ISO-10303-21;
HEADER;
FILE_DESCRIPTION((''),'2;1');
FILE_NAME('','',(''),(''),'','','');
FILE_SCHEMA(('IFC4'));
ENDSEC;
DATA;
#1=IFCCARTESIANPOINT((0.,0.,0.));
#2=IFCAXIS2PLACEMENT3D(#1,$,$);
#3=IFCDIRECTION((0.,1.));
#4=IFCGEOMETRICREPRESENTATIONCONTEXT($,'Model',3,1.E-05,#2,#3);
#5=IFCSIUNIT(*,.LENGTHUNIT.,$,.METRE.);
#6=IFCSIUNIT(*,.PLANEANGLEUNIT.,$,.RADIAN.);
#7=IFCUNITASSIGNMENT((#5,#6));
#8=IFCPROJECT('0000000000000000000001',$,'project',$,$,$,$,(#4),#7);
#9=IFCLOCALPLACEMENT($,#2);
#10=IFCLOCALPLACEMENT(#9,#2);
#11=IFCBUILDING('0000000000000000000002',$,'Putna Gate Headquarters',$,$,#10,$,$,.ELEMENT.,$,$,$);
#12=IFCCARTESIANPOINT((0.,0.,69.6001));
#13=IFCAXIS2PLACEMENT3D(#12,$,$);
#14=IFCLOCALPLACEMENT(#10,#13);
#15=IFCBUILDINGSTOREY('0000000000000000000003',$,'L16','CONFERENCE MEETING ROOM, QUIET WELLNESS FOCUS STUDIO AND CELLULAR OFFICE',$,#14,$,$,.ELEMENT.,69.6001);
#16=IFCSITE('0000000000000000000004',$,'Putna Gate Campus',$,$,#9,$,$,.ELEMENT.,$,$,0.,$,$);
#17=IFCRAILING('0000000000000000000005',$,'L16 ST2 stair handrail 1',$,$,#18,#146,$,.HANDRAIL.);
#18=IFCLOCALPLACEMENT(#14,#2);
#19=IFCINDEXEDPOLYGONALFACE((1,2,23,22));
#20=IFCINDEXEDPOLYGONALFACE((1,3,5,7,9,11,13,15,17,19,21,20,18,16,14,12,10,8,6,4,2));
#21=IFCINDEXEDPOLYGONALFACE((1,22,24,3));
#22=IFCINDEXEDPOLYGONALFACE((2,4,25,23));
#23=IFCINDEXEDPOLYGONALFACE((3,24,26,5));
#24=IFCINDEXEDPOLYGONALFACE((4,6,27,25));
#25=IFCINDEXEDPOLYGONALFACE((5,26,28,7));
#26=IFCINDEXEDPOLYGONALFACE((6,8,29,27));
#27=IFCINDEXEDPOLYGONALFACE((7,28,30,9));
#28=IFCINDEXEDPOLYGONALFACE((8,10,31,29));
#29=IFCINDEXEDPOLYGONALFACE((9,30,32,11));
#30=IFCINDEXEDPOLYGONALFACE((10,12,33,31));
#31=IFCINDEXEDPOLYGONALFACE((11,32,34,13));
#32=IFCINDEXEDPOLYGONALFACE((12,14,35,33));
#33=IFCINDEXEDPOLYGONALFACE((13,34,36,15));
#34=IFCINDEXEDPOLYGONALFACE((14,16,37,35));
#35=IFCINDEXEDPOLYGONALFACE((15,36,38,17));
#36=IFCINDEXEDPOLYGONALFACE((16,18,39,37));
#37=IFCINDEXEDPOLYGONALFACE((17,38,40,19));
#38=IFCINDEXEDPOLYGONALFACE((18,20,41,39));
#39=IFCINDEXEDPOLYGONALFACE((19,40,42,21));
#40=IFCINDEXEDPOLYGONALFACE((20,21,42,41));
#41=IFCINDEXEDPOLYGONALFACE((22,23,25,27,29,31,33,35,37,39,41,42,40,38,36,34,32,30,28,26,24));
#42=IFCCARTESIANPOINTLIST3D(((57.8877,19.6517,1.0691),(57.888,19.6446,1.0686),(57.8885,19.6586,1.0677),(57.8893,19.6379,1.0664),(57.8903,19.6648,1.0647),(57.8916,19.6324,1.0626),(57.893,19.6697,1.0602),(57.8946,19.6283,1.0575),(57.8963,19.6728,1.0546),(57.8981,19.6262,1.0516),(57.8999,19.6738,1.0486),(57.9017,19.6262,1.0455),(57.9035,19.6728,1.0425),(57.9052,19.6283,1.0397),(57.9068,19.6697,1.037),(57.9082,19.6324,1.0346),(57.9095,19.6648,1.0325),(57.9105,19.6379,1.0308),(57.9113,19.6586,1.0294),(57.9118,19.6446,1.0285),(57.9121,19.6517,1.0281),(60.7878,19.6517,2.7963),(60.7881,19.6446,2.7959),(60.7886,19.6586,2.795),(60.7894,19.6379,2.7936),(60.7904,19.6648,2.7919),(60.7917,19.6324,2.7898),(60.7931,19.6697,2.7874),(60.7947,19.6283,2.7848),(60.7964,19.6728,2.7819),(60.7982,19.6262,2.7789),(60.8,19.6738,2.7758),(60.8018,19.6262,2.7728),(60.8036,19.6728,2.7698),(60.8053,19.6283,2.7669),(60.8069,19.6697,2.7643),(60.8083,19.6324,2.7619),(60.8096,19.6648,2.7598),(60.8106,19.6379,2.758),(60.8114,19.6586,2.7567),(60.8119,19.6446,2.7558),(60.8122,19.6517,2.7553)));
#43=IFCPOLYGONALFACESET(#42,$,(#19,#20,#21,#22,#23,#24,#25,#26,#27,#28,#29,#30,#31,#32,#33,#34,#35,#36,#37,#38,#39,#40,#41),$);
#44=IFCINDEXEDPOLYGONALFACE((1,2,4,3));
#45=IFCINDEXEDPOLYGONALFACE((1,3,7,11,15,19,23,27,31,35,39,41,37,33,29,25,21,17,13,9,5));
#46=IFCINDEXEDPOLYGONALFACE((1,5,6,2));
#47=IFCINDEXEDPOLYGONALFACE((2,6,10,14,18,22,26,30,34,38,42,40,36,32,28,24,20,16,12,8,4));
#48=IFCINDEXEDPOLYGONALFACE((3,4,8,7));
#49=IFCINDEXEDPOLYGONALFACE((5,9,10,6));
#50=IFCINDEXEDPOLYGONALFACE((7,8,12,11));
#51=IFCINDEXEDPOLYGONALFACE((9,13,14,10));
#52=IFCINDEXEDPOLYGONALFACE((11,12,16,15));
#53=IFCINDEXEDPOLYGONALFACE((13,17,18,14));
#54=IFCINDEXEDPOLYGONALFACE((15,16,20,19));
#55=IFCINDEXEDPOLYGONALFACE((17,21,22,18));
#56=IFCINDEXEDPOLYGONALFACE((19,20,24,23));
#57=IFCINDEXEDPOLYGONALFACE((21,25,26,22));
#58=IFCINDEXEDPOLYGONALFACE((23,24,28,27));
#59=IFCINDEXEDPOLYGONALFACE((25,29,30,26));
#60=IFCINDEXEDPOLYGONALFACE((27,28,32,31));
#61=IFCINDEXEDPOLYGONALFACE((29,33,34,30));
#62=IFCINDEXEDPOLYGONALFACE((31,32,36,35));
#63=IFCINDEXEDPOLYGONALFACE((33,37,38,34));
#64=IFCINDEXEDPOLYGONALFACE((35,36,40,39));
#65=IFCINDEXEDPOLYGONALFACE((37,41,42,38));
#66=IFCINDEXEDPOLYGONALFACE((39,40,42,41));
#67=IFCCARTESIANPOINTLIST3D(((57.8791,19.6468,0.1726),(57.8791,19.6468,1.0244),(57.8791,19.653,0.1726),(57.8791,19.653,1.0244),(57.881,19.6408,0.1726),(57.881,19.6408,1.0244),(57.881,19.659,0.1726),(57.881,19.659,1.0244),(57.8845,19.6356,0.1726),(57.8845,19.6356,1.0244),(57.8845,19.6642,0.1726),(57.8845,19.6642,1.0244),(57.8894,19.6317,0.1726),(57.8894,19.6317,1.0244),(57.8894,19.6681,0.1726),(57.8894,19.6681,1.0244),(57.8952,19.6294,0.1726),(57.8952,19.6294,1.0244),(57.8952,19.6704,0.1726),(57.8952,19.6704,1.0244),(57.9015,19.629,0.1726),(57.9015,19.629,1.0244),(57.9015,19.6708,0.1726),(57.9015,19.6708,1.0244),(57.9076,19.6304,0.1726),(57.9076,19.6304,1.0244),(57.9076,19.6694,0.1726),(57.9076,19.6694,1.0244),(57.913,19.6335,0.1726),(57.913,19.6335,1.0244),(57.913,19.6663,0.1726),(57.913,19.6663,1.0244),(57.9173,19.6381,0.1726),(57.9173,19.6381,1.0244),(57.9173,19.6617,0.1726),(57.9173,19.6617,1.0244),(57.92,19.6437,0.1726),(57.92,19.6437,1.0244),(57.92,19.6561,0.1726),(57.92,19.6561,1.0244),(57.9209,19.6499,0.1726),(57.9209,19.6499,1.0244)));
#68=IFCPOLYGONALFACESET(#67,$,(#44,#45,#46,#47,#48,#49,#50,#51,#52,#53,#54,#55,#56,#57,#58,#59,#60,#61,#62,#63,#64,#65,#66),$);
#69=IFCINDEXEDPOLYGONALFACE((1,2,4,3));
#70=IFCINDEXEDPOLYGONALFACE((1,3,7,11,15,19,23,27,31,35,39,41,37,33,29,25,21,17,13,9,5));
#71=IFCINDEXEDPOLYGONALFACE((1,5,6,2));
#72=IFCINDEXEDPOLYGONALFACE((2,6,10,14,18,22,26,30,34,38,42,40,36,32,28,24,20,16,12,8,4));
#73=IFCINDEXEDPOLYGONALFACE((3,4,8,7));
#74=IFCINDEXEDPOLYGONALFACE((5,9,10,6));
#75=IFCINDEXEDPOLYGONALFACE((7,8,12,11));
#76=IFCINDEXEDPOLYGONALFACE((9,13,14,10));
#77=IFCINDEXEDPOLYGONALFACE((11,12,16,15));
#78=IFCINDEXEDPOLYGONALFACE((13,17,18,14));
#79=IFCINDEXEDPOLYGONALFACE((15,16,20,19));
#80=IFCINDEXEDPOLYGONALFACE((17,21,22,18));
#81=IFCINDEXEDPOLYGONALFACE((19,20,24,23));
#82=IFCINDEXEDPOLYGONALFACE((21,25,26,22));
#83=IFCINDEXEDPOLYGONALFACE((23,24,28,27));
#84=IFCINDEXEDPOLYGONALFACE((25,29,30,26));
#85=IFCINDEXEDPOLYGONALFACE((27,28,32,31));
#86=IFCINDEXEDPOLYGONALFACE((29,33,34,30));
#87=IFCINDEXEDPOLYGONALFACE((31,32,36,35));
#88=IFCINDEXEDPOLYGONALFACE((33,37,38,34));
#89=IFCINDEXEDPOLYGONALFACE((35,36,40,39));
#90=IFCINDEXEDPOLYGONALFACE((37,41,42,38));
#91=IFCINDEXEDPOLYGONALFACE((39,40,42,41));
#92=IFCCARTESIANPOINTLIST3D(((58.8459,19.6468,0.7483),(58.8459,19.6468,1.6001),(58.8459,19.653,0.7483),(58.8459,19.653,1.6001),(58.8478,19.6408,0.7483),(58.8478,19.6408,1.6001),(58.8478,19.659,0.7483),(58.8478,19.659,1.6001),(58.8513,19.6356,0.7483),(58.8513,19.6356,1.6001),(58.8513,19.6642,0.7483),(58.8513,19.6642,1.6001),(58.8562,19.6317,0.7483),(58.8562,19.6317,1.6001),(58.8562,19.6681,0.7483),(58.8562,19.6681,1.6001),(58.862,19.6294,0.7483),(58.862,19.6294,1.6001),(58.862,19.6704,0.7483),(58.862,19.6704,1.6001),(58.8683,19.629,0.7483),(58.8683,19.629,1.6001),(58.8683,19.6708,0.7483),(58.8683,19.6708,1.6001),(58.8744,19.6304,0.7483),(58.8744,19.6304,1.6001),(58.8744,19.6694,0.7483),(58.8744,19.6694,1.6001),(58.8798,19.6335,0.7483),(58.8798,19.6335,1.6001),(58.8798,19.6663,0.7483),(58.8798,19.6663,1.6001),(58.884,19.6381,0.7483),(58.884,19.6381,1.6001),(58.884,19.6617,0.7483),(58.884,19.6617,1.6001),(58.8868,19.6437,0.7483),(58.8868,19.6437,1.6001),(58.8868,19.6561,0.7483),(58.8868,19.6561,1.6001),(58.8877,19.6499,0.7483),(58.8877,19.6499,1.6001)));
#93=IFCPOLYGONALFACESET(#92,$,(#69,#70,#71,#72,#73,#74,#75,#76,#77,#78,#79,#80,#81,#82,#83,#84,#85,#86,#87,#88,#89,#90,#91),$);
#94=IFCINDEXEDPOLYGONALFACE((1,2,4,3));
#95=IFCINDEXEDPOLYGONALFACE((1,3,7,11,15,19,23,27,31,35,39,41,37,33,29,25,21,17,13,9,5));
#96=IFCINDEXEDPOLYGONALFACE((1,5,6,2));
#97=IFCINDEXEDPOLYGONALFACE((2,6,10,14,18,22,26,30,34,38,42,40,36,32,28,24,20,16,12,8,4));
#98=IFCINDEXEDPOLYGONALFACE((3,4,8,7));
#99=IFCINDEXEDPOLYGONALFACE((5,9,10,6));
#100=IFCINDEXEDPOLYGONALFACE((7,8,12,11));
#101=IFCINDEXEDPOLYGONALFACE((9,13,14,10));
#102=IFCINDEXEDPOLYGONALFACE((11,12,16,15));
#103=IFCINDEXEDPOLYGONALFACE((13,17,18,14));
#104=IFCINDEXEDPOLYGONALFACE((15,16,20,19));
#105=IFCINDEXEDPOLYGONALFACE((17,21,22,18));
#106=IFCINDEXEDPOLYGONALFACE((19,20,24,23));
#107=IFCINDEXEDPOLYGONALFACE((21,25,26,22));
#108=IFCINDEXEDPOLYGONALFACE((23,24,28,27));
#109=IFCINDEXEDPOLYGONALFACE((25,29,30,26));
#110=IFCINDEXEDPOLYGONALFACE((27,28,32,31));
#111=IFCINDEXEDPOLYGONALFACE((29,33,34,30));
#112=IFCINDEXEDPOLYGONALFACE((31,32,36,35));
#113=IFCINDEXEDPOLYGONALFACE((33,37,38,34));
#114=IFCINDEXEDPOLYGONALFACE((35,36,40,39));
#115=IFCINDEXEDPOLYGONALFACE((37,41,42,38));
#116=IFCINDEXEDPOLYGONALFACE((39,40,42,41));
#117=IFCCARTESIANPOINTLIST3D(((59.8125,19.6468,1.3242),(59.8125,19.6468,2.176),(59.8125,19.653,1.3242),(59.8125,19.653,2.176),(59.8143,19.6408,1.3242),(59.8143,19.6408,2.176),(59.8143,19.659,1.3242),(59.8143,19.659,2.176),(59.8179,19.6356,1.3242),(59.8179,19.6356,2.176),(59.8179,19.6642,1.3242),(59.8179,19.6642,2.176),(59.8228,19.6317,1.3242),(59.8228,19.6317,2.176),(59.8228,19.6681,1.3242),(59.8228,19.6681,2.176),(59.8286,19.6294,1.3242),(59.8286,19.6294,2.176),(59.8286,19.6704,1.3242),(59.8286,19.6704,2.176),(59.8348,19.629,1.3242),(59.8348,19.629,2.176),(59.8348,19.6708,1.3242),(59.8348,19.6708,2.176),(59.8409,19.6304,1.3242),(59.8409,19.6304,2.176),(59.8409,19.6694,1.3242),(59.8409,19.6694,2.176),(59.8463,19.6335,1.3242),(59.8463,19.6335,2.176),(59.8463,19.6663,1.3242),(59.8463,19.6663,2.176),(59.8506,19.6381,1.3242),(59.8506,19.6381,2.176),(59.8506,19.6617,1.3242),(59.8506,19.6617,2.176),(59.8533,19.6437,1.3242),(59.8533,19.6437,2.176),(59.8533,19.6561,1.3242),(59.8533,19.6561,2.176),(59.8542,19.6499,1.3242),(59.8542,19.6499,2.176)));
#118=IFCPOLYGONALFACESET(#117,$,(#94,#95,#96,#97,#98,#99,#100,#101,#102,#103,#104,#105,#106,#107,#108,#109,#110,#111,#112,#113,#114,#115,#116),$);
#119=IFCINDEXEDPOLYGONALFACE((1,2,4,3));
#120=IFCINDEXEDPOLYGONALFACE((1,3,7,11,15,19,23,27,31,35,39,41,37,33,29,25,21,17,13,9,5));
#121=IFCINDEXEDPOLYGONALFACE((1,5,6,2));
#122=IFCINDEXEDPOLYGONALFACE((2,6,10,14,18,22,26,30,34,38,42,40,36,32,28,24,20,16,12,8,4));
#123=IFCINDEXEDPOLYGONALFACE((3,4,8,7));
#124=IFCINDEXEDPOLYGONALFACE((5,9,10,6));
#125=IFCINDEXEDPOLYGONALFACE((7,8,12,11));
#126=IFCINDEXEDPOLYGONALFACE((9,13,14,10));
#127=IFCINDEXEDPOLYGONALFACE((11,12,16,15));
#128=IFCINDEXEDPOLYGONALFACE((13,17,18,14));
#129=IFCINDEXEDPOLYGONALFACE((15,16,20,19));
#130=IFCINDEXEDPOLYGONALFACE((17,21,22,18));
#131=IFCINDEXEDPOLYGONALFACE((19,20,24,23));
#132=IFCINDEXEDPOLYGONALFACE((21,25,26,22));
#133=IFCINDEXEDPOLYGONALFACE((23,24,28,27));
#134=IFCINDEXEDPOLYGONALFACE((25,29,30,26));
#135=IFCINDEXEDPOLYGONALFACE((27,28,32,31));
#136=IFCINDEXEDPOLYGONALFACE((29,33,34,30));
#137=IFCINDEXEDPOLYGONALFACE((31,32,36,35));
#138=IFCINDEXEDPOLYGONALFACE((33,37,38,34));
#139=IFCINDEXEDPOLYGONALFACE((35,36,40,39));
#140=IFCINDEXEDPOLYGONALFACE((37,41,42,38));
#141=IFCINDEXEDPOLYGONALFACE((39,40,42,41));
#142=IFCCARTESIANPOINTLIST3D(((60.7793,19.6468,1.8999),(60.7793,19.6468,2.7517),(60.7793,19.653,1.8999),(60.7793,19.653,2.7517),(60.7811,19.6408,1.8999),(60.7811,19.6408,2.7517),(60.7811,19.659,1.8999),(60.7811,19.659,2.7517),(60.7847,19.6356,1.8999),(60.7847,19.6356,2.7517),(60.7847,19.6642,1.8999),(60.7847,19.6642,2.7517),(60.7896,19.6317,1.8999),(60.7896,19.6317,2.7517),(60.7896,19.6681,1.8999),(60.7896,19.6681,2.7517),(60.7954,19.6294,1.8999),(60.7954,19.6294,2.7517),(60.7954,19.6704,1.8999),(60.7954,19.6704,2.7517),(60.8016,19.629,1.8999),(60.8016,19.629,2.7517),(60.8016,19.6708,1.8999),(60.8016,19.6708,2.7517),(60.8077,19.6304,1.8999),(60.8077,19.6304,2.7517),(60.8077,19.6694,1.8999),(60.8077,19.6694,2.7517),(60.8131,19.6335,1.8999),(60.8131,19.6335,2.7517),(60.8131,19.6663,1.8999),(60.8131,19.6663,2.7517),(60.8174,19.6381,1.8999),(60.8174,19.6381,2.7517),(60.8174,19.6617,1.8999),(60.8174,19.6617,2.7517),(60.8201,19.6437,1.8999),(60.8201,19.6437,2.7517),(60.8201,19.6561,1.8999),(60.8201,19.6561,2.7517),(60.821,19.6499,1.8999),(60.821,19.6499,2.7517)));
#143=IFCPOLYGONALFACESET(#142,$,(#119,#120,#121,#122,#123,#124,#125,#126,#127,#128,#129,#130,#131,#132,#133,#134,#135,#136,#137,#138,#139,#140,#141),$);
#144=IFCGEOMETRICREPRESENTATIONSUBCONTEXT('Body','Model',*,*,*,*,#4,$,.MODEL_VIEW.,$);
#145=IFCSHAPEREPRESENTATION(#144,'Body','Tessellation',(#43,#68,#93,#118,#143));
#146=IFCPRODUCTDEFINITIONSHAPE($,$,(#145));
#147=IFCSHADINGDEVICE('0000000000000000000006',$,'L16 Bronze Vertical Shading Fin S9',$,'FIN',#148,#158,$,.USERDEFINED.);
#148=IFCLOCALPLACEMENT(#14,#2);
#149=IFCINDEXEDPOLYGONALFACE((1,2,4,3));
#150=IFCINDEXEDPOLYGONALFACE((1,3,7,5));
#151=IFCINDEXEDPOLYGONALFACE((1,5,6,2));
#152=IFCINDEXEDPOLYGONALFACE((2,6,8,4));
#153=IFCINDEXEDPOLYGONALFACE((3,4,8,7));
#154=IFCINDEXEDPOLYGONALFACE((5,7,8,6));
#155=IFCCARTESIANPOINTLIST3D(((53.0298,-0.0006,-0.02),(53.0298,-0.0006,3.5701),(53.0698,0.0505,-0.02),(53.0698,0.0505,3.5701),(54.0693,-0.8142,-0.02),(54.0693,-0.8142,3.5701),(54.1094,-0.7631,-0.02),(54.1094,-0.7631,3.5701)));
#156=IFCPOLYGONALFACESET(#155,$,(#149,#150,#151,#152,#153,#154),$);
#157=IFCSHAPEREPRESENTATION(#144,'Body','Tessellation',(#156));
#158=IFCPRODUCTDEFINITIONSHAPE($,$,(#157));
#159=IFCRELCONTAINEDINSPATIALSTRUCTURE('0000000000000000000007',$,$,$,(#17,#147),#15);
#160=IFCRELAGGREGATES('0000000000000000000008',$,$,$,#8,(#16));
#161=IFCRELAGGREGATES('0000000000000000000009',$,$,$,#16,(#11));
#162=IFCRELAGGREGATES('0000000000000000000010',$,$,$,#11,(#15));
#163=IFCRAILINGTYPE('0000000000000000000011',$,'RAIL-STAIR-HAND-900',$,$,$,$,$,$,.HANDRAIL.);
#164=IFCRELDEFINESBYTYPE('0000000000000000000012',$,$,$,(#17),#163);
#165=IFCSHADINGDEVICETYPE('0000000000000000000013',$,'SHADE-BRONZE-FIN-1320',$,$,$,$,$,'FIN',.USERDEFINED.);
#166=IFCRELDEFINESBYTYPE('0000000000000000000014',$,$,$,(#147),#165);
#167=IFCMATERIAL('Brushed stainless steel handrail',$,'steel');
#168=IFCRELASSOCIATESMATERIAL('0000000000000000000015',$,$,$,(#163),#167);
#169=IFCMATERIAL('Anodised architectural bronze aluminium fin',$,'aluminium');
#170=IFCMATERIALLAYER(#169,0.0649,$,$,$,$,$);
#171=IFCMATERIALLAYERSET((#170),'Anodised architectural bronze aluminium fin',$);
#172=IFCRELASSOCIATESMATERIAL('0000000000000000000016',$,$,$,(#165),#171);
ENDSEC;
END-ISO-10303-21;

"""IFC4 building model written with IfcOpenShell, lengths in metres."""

from ifc_helpers import new_model, si_unit, direction, frame, origin, origin_2d, place, context, subcontext, project, spatial, rectangle, circle, extrude, material, layer, layer_set, type_object, element, save


model = new_model("IFC4")

# Units and contexts
model_context = context("Model", 3, precision=1e-05, world=origin(), true_north=direction((0.0, 1.0)))
body_context = subcontext(model_context, "Body", "Model", "MODEL_VIEW")
ifc_project = project(units=[si_unit("LENGTHUNIT", "METRE"), si_unit("PLANEANGLEUNIT", "RADIAN")], contexts=[model_context])

# Site, building, storey
site_placement = place(None, origin())
site = spatial("IfcSite", under=ifc_project, at=site_placement, Name="Putna Gate Campus", CompositionType="ELEMENT", RefElevation=0.0)
building_placement = place(site_placement, origin())
building = spatial("IfcBuilding", under=site, at=building_placement, Name="Putna Gate Headquarters", CompositionType="ELEMENT")
storey_placement = place(building_placement, frame((0.0, 0.0, 69.6001)))
storey = spatial("IfcBuildingStorey", under=building, at=storey_placement, Name="L16", Description="CONFERENCE MEETING ROOM, QUIET WELLNESS FOCUS STUDIO AND CELLULAR OFFICE", CompositionType="ELEMENT", Elevation=69.6001)

# Railing
ifc_material_1 = material(Name="Brushed stainless steel handrail", Category="steel")
railing_type_1 = type_object("IfcRailingType", Name="RAIL-STAIR-HAND-900", PredefinedType="HANDRAIL", material=ifc_material_1)
railing_1_placement = place(storey_placement, frame((57.8999, 19.6499, 0.1726)))
element("IfcRailing", 1, at=railing_1_placement, inside=storey, type_object=railing_type_1, Name="L16 ST2 stair handrail 1", PredefinedType="HANDRAIL", context=body_context, shape_type="SweptSolid", body=[
    extrude(circle(Radius=0.0239, at=origin_2d()), frame((0.0, 0.0, 0.876), z_axis=(0.85916, 0.0, 0.511706), x_axis=(0.0, 1.0, 0.0)), (0.0, 0.0, 1.0), 3.3755),
    extrude(circle(Radius=0.021, at=origin_2d()), origin(), (0.0, 0.0, 1.0), 0.8518),
    extrude(circle(Radius=0.021, at=origin_2d()), frame((0.9668, 0.0, 0.5757)), (0.0, 0.0, 1.0), 0.8518),
    extrude(circle(Radius=0.021, at=origin_2d()), frame((1.9333, 0.0, 1.1516)), (0.0, 0.0, 1.0), 0.8518),
    extrude(circle(Radius=0.021, at=origin_2d()), frame((2.9001, 0.0, 1.7273)), (0.0, 0.0, 1.0), 0.8518),
])

# Shading device
ifc_material_2 = material(Name="Anodised architectural bronze aluminium fin", Category="aluminium")
ifc_layer_1 = layer(ifc_material_2, 0.0649)
ifc_layer_set_1 = layer_set([ifc_layer_1], Name="Anodised architectural bronze aluminium fin")
shading_device_type = type_object("IfcShadingDeviceType", Name="SHADE-BRONZE-FIN-1320", ElementType="FIN", PredefinedType="USERDEFINED", material=ifc_layer_set_1)
shading_device_placement = place(storey_placement, frame((53.5696, -0.3818, -0.02), z_axis=(0.0, 0.0, 1.0), x_axis=(0.787473, -0.616349, 0.0)))
element("IfcShadingDevice", 2, at=shading_device_placement, inside=storey, type_object=shading_device_type, Name="L16 Bronze Vertical Shading Fin S9", ObjectType="FIN", PredefinedType="USERDEFINED", context=body_context, shape_type="SweptSolid", body=[
    extrude(rectangle(XDim=1.3201, YDim=0.0649, at=origin_2d()), origin(), (0.0, 0.0, 1.0), 3.5901),
])

save(model, "model.ifc")
